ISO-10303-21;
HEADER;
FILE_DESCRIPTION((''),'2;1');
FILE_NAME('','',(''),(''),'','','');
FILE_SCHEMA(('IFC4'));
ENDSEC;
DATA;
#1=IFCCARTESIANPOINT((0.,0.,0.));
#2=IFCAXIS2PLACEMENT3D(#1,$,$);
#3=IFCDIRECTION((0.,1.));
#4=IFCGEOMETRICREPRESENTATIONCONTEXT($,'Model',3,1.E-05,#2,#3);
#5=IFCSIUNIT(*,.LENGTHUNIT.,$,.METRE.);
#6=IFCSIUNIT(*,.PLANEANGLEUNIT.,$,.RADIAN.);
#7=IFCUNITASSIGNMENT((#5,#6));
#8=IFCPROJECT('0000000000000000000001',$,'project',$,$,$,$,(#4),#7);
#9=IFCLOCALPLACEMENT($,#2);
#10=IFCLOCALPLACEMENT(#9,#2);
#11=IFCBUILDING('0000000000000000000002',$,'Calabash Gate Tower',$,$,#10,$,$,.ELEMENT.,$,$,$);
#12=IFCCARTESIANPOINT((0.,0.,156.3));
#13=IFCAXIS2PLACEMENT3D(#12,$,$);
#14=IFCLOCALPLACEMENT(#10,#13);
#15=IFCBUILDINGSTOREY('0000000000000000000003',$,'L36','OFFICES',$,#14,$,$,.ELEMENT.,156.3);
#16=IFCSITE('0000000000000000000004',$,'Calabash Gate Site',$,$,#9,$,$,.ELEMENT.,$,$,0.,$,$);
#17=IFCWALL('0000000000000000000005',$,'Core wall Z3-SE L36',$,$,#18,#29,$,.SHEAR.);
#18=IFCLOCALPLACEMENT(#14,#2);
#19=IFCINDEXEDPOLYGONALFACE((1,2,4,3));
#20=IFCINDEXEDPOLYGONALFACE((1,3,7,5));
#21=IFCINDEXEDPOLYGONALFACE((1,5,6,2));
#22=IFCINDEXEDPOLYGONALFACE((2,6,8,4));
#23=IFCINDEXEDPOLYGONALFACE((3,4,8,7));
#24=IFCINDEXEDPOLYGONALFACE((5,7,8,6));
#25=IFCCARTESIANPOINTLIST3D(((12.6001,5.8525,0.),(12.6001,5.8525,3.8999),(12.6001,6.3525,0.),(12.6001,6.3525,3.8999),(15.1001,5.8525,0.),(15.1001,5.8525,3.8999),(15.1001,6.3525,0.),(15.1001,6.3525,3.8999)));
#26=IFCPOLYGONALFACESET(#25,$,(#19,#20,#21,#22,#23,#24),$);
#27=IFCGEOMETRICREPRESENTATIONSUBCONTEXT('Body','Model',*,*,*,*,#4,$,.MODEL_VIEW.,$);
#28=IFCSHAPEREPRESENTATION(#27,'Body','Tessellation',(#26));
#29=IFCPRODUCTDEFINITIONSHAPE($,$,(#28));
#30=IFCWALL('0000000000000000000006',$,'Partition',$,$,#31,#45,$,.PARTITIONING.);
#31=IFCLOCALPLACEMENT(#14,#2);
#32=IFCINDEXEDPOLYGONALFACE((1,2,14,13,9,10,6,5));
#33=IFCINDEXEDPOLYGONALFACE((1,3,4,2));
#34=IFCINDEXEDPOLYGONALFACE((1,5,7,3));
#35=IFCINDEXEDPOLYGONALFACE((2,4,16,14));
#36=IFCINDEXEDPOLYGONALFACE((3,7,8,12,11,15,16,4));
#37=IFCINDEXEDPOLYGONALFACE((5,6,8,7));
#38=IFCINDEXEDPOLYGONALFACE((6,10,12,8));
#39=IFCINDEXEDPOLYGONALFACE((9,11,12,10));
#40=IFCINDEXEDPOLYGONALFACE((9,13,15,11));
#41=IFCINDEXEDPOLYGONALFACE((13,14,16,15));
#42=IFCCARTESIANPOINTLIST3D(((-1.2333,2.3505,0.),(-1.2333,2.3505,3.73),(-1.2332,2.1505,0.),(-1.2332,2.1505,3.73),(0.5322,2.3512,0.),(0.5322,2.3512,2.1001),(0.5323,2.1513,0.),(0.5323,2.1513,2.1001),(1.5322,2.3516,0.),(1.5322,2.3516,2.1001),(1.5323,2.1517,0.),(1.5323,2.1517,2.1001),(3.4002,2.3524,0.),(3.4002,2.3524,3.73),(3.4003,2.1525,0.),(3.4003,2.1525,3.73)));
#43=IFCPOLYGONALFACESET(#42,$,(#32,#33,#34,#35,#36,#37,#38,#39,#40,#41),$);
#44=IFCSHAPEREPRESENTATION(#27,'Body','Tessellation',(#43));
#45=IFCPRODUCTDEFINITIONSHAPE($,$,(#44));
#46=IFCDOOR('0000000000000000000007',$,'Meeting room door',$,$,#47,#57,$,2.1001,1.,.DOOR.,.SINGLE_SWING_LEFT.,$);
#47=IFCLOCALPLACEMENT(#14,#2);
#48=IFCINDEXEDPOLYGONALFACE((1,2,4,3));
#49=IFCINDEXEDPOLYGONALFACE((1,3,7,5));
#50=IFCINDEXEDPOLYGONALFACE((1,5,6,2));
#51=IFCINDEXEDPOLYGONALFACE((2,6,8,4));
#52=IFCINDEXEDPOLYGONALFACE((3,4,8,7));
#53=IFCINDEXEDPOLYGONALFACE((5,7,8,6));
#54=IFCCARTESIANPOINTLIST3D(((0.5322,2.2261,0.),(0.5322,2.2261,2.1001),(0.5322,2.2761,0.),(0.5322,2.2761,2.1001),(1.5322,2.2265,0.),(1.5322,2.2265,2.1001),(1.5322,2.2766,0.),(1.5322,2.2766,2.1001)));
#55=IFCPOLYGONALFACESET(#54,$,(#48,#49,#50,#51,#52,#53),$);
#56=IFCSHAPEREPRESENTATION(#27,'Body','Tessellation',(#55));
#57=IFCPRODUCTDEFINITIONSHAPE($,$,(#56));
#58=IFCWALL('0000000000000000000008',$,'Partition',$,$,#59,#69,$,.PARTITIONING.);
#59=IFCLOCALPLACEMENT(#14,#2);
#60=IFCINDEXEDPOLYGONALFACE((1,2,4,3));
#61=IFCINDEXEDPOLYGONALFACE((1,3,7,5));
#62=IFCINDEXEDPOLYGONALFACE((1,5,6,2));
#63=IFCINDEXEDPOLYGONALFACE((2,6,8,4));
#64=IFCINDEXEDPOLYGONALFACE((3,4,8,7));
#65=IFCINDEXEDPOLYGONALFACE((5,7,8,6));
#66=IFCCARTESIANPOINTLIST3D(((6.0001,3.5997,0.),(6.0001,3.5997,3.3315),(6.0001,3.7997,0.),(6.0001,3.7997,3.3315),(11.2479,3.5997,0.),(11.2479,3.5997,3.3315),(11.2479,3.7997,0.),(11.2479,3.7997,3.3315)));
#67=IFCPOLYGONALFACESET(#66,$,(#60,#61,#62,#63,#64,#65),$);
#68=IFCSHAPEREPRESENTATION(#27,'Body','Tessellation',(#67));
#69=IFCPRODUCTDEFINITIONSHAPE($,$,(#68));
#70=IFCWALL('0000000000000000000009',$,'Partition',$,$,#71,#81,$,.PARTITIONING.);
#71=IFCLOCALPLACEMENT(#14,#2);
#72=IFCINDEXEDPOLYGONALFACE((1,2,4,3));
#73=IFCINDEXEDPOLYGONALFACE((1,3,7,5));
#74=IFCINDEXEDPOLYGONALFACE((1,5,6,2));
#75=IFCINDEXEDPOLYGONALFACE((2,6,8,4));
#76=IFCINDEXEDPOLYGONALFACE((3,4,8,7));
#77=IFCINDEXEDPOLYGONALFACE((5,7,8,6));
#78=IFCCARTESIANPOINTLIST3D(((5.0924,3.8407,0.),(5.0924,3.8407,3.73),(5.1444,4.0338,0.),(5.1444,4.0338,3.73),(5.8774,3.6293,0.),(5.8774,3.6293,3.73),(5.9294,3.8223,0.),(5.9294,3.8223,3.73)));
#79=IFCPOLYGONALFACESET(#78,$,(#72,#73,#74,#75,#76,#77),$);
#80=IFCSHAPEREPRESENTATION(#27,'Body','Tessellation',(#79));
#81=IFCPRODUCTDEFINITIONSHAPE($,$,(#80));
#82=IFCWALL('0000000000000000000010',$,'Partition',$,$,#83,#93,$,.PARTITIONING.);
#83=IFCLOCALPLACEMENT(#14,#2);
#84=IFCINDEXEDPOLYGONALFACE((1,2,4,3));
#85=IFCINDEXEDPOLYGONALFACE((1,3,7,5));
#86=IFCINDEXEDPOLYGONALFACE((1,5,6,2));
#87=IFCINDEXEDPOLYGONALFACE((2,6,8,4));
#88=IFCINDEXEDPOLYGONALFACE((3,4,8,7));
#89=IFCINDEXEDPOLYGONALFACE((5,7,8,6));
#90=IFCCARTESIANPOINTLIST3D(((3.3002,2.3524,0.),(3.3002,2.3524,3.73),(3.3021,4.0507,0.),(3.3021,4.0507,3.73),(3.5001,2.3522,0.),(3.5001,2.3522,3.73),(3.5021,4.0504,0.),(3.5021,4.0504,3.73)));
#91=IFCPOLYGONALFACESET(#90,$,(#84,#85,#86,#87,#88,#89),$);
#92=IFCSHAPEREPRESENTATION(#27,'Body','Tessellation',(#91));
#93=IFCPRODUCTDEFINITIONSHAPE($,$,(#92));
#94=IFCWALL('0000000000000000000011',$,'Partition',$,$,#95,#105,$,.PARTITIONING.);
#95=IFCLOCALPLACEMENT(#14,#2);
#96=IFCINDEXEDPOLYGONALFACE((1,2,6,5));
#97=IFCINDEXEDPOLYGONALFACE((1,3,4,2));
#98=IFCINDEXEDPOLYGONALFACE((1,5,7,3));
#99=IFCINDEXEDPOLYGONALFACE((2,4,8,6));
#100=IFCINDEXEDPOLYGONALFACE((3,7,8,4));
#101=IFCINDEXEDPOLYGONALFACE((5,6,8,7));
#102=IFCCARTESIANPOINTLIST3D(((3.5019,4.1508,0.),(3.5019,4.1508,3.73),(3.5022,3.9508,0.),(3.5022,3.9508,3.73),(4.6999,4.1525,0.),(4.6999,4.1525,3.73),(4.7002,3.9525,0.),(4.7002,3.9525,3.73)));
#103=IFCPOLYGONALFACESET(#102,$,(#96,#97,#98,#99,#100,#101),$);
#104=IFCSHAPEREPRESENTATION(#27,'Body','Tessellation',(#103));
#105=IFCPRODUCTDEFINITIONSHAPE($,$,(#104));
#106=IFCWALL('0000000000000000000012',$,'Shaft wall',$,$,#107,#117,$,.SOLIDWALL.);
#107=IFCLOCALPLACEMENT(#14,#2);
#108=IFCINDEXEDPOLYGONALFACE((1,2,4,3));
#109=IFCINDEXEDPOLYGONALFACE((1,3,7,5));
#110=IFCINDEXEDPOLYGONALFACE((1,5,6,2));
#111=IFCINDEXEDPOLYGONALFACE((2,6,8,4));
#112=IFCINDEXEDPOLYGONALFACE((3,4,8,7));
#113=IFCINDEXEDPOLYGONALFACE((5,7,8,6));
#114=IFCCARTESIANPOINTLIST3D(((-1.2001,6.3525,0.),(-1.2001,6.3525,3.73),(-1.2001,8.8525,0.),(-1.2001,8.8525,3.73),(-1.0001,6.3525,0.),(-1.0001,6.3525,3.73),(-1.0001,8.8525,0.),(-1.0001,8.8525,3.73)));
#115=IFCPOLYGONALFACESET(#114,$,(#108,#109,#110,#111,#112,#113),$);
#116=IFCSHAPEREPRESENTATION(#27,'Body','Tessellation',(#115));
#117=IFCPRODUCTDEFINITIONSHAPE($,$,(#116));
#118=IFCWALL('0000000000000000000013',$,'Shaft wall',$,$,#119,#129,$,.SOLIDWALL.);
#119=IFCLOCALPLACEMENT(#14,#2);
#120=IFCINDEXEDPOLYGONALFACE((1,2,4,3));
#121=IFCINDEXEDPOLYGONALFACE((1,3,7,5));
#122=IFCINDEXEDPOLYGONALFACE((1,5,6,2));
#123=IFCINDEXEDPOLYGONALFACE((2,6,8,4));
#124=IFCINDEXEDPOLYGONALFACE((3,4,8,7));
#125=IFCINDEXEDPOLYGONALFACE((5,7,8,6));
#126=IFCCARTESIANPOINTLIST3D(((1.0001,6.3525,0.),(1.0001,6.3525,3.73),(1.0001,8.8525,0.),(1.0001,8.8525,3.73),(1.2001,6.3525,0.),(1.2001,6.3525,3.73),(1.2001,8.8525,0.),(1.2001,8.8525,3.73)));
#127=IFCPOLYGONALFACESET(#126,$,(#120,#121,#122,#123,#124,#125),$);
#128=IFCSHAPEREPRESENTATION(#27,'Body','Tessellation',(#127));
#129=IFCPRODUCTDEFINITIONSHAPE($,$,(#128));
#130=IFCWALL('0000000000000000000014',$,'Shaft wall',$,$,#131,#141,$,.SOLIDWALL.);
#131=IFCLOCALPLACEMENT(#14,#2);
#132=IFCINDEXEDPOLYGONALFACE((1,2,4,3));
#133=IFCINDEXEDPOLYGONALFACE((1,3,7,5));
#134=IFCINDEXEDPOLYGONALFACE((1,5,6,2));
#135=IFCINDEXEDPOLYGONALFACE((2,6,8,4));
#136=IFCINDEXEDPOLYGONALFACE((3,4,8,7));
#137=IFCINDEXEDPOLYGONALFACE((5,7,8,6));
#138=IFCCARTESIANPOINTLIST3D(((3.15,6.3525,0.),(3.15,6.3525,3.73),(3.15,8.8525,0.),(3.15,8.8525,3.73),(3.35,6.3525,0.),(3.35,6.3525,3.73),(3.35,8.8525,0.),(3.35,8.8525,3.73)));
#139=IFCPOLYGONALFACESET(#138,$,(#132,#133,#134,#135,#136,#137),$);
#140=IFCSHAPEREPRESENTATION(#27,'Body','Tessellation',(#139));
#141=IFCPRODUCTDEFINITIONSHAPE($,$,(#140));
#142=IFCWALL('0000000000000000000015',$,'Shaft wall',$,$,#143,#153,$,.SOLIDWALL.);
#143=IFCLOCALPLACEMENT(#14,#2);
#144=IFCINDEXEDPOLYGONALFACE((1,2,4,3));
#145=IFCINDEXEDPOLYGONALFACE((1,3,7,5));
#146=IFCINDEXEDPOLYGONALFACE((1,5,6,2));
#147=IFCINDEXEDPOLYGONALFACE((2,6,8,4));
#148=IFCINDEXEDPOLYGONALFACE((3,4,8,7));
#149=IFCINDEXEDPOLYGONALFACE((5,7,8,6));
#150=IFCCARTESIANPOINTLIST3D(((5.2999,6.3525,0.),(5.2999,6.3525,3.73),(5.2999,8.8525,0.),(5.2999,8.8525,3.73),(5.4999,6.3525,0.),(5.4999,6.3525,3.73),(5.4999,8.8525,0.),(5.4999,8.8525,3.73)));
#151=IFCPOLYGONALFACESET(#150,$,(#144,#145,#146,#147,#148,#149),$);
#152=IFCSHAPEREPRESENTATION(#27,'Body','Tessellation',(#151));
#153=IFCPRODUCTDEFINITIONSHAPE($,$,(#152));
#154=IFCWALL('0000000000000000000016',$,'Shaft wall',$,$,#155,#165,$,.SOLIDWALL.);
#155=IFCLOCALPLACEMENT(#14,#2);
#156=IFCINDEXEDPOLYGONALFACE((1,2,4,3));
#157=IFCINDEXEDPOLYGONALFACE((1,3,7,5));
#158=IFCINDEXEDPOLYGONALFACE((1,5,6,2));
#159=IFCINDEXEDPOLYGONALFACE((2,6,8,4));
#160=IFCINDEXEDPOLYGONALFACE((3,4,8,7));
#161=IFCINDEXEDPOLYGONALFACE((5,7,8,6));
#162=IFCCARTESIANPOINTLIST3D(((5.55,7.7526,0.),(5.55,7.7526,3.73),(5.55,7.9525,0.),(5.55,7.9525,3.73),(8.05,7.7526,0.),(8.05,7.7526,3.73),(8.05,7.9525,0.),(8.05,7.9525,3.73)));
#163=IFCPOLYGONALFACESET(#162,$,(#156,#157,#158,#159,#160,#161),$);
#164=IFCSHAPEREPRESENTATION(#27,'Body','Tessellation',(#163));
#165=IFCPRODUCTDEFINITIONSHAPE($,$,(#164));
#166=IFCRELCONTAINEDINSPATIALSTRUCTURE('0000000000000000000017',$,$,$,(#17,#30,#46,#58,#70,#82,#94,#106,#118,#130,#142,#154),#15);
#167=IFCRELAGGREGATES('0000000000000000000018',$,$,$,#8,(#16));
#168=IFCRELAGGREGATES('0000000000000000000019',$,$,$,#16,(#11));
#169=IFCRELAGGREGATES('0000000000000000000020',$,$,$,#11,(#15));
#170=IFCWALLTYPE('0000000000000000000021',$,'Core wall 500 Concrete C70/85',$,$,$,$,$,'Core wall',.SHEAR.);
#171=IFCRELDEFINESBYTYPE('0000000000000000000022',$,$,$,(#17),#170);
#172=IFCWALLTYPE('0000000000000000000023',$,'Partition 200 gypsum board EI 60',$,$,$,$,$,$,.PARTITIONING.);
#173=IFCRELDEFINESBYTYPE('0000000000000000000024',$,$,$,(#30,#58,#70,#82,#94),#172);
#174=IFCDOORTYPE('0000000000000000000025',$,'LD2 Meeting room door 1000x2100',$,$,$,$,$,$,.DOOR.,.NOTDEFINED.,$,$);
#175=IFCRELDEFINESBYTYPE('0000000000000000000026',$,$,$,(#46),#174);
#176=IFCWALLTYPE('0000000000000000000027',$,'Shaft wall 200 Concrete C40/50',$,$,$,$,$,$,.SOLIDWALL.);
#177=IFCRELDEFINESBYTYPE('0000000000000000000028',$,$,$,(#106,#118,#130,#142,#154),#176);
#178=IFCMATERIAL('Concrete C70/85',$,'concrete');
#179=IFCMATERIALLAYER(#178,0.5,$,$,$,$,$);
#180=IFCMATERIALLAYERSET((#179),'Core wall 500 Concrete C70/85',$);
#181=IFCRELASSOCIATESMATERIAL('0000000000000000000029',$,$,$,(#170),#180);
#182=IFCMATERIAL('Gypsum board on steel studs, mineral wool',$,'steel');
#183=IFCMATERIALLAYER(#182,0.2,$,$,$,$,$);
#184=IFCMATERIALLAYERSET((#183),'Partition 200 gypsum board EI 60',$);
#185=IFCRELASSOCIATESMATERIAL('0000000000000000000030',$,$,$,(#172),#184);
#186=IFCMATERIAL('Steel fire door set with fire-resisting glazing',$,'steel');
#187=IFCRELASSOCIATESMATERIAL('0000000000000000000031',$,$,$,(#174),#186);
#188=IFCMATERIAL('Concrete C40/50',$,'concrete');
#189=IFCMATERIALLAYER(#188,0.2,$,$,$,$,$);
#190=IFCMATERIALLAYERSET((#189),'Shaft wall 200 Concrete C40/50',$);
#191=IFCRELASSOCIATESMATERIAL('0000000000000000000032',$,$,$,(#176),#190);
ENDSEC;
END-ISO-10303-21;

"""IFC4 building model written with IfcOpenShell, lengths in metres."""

from ifc_helpers import new_model, si_unit, direction, frame, frame_2d, origin, place, context, subcontext, project, spatial, rectangle, extrude, material, layer, layer_set, type_object, element, fill, save


model = new_model("IFC4")

# Units and contexts
model_context = context("Model", 3, precision=1e-05, world=origin(), true_north=direction((0.0, 1.0)))
body_context = subcontext(model_context, "Body", "Model", "MODEL_VIEW")
ifc_project = project(units=[si_unit("LENGTHUNIT", "METRE"), si_unit("PLANEANGLEUNIT", "RADIAN")], contexts=[model_context])

# Site, building, storey
site_placement = place(None, origin())
site = spatial("IfcSite", under=ifc_project, at=site_placement, Name="Calabash Gate Site", CompositionType="ELEMENT", RefElevation=0.0)
building_placement = place(site_placement, origin())
building = spatial("IfcBuilding", under=site, at=building_placement, Name="Calabash Gate Tower", CompositionType="ELEMENT")
storey_placement = place(building_placement, frame((0.0, 0.0, 156.3)))
storey = spatial("IfcBuildingStorey", under=building, at=storey_placement, Name="L36", Description="OFFICES", CompositionType="ELEMENT", Elevation=156.3)

# Shared definitions
ifc_material_1 = material(Name="Concrete C70/85", Category="concrete")
ifc_layer_1 = layer(ifc_material_1, 0.5)
ifc_layer_set_1 = layer_set([ifc_layer_1], Name="Core wall 500 Concrete C70/85")
wall_type_1 = type_object("IfcWallType", Name="Core wall 500 Concrete C70/85", ElementType="Core wall", PredefinedType="SHEAR", material=ifc_layer_set_1)

# Wall
wall_1_placement = place(storey_placement, frame((12.6001, 6.1025, 0.0), z_axis=(0.0, 0.0, 1.0), x_axis=(1.0, 0.0, 0.0)))
element("IfcWall", 1, at=wall_1_placement, inside=storey, type_object=wall_type_1, Name="Core wall Z3-SE L36", PredefinedType="SHEAR", context=body_context, shape_type="SweptSolid", body=[
    extrude(rectangle(XDim=2.5, YDim=0.5, at=frame_2d((1.25, 0.0))), origin(), (0.0, 0.0, 1.0), 3.8999),
])

# Wall, opening, door
ifc_material_2 = material(Name="Gypsum board on steel studs, mineral wool", Category="steel")
ifc_layer_2 = layer(ifc_material_2, 0.2)
ifc_layer_set_2 = layer_set([ifc_layer_2], Name="Partition 200 gypsum board EI 60")
wall_type_2 = type_object("IfcWallType", Name="Partition 200 gypsum board EI 60", PredefinedType="PARTITIONING", material=ifc_layer_set_2)
wall_2_placement = place(storey_placement, frame((-1.2334, 2.2505, 0.0), z_axis=(0.0, 0.0, 1.0), x_axis=(1.0, 0.000422, 0.0)))
wall_2 = element("IfcWall", 2, at=wall_2_placement, inside=storey, type_object=wall_type_2, Name="Partition", PredefinedType="PARTITIONING", context=body_context, shape_type="SweptSolid", body=[
    extrude(rectangle(XDim=4.6335, YDim=0.2, at=frame_2d((2.3169, 0.0))), origin(), (0.0, 0.0, 1.0), 3.73),
])
opening_1_placement = place(wall_2_placement, frame((1.7656, 0.0, 0.0)))
opening_1 = element("IfcOpeningElement", 3, at=opening_1_placement, cuts=wall_2, PredefinedType="OPENING", context=body_context, shape_type="SweptSolid", body=[
    extrude(rectangle(XDim=1.0, YDim=2.1001, at=frame_2d((0.5, 1.05))), frame((0.0, 0.1099, 0.0), z_axis=(0.0, -1.0, 0.0), x_axis=(1.0, 0.0, 0.0)), (0.0, 0.0, 1.0), 0.22),
])
ifc_material_3 = material(Name="Steel fire door set with fire-resisting glazing", Category="steel")
door_type_1 = type_object("IfcDoorType", Name="LD2 Meeting room door 1000x2100", OperationType="NOTDEFINED", PredefinedType="DOOR", material=ifc_material_3)
door_1_placement = place(opening_1_placement, origin())
door_1 = element("IfcDoor", 4, at=door_1_placement, inside=storey, type_object=door_type_1, Name="Meeting room door", OperationType="SINGLE_SWING_LEFT", OverallHeight=2.1001, OverallWidth=1.0, PredefinedType="DOOR", context=body_context, shape_type="SweptSolid", body=[
    extrude(rectangle(XDim=1.0, YDim=2.1001, at=frame_2d((0.5, 1.05))), frame((0.0, 0.0249, 0.0), z_axis=(0.0, -1.0, 0.0), x_axis=(1.0, 0.0, 0.0)), (0.0, 0.0, 1.0), 0.05),
])
fill(opening_1, door_1)

# Walls
wall_3_placement = place(storey_placement, frame((6.0, 3.6997, 0.0), z_axis=(0.0, 0.0, 1.0), x_axis=(1.0, 0.0, 0.0)))
element("IfcWall", 5, at=wall_3_placement, inside=storey, type_object=wall_type_2, Name="Partition", PredefinedType="PARTITIONING", context=body_context, shape_type="SweptSolid", body=[
    extrude(rectangle(XDim=5.2478, YDim=0.2, at=frame_2d((2.624, 0.0))), origin(), (0.0, 0.0, 1.0), 3.3315),
])
wall_4_placement = place(storey_placement, frame((5.1184, 3.9373, 0.0), z_axis=(0.0, 0.0, 1.0), x_axis=(0.965584, -0.260092, 0.0)))
element("IfcWall", 6, at=wall_4_placement, inside=storey, type_object=wall_type_2, Name="Partition", PredefinedType="PARTITIONING", context=body_context, shape_type="SweptSolid", body=[
    extrude(rectangle(XDim=0.813, YDim=0.2, at=frame_2d((0.4065, 0.0))), origin(), (0.0, 0.0, 1.0), 3.73),
])
wall_5_placement = place(storey_placement, frame((3.4001, 2.3523, 0.0), z_axis=(0.0, 0.0, 1.0), x_axis=(0.00115, 0.999999, 0.0)))
element("IfcWall", 7, at=wall_5_placement, inside=storey, type_object=wall_type_2, Name="Partition", PredefinedType="PARTITIONING", context=body_context, shape_type="SweptSolid", body=[
    extrude(rectangle(XDim=1.6982, YDim=0.2, at=frame_2d((0.8491, 0.0))), origin(), (0.0, 0.0, 1.0), 3.73),
])
wall_6_placement = place(storey_placement, frame((3.502, 4.0508, 0.0), z_axis=(0.0, 0.0, 1.0), x_axis=(0.999999, 0.001427, 0.0)))
element("IfcWall", 8, at=wall_6_placement, inside=storey, type_object=wall_type_2, Name="Partition", PredefinedType="PARTITIONING", context=body_context, shape_type="SweptSolid", body=[
    extrude(rectangle(XDim=1.198, YDim=0.2, at=frame_2d((0.5991, 0.0))), origin(), (0.0, 0.0, 1.0), 3.73),
])
ifc_material_4 = material(Name="Concrete C40/50", Category="concrete")
ifc_layer_3 = layer(ifc_material_4, 0.2)
ifc_layer_set_3 = layer_set([ifc_layer_3], Name="Shaft wall 200 Concrete C40/50")
wall_type_3 = type_object("IfcWallType", Name="Shaft wall 200 Concrete C40/50", PredefinedType="SOLIDWALL", material=ifc_layer_set_3)
for number, where, z_axis, x_axis, name in (
    (9, (-1.1001, 6.3525, 0.0), (0.0, 0.0, 1.0), (0.0, 1.0, 0.0), "Shaft wall"),
    (10, (1.1001, 6.3525, 0.0), (0.0, 0.0, 1.0), (0.0, 1.0, 0.0), "Shaft wall"),
    (11, (3.25, 6.3525, 0.0), (0.0, 0.0, 1.0), (0.0, 1.0, 0.0), "Shaft wall"),
    (12, (5.3999, 6.3525, 0.0), (0.0, 0.0, 1.0), (0.0, 1.0, 0.0), "Shaft wall"),
    (13, (5.55, 7.8525, 0.0), (0.0, 0.0, 1.0), (1.0, 0.0, 0.0), "Shaft wall"),
):
    element("IfcWall", number, at=place(storey_placement, frame(where, z_axis=z_axis, x_axis=x_axis)), inside=storey, type_object=wall_type_3, Name=name, PredefinedType="SOLIDWALL", context=body_context, shape_type="SweptSolid", body=[
        extrude(rectangle(XDim=2.5, YDim=0.2, at=frame_2d((1.25, 0.0))), origin(), (0.0, 0.0, 1.0), 3.73),
    ])

save(model, "model.ifc")
